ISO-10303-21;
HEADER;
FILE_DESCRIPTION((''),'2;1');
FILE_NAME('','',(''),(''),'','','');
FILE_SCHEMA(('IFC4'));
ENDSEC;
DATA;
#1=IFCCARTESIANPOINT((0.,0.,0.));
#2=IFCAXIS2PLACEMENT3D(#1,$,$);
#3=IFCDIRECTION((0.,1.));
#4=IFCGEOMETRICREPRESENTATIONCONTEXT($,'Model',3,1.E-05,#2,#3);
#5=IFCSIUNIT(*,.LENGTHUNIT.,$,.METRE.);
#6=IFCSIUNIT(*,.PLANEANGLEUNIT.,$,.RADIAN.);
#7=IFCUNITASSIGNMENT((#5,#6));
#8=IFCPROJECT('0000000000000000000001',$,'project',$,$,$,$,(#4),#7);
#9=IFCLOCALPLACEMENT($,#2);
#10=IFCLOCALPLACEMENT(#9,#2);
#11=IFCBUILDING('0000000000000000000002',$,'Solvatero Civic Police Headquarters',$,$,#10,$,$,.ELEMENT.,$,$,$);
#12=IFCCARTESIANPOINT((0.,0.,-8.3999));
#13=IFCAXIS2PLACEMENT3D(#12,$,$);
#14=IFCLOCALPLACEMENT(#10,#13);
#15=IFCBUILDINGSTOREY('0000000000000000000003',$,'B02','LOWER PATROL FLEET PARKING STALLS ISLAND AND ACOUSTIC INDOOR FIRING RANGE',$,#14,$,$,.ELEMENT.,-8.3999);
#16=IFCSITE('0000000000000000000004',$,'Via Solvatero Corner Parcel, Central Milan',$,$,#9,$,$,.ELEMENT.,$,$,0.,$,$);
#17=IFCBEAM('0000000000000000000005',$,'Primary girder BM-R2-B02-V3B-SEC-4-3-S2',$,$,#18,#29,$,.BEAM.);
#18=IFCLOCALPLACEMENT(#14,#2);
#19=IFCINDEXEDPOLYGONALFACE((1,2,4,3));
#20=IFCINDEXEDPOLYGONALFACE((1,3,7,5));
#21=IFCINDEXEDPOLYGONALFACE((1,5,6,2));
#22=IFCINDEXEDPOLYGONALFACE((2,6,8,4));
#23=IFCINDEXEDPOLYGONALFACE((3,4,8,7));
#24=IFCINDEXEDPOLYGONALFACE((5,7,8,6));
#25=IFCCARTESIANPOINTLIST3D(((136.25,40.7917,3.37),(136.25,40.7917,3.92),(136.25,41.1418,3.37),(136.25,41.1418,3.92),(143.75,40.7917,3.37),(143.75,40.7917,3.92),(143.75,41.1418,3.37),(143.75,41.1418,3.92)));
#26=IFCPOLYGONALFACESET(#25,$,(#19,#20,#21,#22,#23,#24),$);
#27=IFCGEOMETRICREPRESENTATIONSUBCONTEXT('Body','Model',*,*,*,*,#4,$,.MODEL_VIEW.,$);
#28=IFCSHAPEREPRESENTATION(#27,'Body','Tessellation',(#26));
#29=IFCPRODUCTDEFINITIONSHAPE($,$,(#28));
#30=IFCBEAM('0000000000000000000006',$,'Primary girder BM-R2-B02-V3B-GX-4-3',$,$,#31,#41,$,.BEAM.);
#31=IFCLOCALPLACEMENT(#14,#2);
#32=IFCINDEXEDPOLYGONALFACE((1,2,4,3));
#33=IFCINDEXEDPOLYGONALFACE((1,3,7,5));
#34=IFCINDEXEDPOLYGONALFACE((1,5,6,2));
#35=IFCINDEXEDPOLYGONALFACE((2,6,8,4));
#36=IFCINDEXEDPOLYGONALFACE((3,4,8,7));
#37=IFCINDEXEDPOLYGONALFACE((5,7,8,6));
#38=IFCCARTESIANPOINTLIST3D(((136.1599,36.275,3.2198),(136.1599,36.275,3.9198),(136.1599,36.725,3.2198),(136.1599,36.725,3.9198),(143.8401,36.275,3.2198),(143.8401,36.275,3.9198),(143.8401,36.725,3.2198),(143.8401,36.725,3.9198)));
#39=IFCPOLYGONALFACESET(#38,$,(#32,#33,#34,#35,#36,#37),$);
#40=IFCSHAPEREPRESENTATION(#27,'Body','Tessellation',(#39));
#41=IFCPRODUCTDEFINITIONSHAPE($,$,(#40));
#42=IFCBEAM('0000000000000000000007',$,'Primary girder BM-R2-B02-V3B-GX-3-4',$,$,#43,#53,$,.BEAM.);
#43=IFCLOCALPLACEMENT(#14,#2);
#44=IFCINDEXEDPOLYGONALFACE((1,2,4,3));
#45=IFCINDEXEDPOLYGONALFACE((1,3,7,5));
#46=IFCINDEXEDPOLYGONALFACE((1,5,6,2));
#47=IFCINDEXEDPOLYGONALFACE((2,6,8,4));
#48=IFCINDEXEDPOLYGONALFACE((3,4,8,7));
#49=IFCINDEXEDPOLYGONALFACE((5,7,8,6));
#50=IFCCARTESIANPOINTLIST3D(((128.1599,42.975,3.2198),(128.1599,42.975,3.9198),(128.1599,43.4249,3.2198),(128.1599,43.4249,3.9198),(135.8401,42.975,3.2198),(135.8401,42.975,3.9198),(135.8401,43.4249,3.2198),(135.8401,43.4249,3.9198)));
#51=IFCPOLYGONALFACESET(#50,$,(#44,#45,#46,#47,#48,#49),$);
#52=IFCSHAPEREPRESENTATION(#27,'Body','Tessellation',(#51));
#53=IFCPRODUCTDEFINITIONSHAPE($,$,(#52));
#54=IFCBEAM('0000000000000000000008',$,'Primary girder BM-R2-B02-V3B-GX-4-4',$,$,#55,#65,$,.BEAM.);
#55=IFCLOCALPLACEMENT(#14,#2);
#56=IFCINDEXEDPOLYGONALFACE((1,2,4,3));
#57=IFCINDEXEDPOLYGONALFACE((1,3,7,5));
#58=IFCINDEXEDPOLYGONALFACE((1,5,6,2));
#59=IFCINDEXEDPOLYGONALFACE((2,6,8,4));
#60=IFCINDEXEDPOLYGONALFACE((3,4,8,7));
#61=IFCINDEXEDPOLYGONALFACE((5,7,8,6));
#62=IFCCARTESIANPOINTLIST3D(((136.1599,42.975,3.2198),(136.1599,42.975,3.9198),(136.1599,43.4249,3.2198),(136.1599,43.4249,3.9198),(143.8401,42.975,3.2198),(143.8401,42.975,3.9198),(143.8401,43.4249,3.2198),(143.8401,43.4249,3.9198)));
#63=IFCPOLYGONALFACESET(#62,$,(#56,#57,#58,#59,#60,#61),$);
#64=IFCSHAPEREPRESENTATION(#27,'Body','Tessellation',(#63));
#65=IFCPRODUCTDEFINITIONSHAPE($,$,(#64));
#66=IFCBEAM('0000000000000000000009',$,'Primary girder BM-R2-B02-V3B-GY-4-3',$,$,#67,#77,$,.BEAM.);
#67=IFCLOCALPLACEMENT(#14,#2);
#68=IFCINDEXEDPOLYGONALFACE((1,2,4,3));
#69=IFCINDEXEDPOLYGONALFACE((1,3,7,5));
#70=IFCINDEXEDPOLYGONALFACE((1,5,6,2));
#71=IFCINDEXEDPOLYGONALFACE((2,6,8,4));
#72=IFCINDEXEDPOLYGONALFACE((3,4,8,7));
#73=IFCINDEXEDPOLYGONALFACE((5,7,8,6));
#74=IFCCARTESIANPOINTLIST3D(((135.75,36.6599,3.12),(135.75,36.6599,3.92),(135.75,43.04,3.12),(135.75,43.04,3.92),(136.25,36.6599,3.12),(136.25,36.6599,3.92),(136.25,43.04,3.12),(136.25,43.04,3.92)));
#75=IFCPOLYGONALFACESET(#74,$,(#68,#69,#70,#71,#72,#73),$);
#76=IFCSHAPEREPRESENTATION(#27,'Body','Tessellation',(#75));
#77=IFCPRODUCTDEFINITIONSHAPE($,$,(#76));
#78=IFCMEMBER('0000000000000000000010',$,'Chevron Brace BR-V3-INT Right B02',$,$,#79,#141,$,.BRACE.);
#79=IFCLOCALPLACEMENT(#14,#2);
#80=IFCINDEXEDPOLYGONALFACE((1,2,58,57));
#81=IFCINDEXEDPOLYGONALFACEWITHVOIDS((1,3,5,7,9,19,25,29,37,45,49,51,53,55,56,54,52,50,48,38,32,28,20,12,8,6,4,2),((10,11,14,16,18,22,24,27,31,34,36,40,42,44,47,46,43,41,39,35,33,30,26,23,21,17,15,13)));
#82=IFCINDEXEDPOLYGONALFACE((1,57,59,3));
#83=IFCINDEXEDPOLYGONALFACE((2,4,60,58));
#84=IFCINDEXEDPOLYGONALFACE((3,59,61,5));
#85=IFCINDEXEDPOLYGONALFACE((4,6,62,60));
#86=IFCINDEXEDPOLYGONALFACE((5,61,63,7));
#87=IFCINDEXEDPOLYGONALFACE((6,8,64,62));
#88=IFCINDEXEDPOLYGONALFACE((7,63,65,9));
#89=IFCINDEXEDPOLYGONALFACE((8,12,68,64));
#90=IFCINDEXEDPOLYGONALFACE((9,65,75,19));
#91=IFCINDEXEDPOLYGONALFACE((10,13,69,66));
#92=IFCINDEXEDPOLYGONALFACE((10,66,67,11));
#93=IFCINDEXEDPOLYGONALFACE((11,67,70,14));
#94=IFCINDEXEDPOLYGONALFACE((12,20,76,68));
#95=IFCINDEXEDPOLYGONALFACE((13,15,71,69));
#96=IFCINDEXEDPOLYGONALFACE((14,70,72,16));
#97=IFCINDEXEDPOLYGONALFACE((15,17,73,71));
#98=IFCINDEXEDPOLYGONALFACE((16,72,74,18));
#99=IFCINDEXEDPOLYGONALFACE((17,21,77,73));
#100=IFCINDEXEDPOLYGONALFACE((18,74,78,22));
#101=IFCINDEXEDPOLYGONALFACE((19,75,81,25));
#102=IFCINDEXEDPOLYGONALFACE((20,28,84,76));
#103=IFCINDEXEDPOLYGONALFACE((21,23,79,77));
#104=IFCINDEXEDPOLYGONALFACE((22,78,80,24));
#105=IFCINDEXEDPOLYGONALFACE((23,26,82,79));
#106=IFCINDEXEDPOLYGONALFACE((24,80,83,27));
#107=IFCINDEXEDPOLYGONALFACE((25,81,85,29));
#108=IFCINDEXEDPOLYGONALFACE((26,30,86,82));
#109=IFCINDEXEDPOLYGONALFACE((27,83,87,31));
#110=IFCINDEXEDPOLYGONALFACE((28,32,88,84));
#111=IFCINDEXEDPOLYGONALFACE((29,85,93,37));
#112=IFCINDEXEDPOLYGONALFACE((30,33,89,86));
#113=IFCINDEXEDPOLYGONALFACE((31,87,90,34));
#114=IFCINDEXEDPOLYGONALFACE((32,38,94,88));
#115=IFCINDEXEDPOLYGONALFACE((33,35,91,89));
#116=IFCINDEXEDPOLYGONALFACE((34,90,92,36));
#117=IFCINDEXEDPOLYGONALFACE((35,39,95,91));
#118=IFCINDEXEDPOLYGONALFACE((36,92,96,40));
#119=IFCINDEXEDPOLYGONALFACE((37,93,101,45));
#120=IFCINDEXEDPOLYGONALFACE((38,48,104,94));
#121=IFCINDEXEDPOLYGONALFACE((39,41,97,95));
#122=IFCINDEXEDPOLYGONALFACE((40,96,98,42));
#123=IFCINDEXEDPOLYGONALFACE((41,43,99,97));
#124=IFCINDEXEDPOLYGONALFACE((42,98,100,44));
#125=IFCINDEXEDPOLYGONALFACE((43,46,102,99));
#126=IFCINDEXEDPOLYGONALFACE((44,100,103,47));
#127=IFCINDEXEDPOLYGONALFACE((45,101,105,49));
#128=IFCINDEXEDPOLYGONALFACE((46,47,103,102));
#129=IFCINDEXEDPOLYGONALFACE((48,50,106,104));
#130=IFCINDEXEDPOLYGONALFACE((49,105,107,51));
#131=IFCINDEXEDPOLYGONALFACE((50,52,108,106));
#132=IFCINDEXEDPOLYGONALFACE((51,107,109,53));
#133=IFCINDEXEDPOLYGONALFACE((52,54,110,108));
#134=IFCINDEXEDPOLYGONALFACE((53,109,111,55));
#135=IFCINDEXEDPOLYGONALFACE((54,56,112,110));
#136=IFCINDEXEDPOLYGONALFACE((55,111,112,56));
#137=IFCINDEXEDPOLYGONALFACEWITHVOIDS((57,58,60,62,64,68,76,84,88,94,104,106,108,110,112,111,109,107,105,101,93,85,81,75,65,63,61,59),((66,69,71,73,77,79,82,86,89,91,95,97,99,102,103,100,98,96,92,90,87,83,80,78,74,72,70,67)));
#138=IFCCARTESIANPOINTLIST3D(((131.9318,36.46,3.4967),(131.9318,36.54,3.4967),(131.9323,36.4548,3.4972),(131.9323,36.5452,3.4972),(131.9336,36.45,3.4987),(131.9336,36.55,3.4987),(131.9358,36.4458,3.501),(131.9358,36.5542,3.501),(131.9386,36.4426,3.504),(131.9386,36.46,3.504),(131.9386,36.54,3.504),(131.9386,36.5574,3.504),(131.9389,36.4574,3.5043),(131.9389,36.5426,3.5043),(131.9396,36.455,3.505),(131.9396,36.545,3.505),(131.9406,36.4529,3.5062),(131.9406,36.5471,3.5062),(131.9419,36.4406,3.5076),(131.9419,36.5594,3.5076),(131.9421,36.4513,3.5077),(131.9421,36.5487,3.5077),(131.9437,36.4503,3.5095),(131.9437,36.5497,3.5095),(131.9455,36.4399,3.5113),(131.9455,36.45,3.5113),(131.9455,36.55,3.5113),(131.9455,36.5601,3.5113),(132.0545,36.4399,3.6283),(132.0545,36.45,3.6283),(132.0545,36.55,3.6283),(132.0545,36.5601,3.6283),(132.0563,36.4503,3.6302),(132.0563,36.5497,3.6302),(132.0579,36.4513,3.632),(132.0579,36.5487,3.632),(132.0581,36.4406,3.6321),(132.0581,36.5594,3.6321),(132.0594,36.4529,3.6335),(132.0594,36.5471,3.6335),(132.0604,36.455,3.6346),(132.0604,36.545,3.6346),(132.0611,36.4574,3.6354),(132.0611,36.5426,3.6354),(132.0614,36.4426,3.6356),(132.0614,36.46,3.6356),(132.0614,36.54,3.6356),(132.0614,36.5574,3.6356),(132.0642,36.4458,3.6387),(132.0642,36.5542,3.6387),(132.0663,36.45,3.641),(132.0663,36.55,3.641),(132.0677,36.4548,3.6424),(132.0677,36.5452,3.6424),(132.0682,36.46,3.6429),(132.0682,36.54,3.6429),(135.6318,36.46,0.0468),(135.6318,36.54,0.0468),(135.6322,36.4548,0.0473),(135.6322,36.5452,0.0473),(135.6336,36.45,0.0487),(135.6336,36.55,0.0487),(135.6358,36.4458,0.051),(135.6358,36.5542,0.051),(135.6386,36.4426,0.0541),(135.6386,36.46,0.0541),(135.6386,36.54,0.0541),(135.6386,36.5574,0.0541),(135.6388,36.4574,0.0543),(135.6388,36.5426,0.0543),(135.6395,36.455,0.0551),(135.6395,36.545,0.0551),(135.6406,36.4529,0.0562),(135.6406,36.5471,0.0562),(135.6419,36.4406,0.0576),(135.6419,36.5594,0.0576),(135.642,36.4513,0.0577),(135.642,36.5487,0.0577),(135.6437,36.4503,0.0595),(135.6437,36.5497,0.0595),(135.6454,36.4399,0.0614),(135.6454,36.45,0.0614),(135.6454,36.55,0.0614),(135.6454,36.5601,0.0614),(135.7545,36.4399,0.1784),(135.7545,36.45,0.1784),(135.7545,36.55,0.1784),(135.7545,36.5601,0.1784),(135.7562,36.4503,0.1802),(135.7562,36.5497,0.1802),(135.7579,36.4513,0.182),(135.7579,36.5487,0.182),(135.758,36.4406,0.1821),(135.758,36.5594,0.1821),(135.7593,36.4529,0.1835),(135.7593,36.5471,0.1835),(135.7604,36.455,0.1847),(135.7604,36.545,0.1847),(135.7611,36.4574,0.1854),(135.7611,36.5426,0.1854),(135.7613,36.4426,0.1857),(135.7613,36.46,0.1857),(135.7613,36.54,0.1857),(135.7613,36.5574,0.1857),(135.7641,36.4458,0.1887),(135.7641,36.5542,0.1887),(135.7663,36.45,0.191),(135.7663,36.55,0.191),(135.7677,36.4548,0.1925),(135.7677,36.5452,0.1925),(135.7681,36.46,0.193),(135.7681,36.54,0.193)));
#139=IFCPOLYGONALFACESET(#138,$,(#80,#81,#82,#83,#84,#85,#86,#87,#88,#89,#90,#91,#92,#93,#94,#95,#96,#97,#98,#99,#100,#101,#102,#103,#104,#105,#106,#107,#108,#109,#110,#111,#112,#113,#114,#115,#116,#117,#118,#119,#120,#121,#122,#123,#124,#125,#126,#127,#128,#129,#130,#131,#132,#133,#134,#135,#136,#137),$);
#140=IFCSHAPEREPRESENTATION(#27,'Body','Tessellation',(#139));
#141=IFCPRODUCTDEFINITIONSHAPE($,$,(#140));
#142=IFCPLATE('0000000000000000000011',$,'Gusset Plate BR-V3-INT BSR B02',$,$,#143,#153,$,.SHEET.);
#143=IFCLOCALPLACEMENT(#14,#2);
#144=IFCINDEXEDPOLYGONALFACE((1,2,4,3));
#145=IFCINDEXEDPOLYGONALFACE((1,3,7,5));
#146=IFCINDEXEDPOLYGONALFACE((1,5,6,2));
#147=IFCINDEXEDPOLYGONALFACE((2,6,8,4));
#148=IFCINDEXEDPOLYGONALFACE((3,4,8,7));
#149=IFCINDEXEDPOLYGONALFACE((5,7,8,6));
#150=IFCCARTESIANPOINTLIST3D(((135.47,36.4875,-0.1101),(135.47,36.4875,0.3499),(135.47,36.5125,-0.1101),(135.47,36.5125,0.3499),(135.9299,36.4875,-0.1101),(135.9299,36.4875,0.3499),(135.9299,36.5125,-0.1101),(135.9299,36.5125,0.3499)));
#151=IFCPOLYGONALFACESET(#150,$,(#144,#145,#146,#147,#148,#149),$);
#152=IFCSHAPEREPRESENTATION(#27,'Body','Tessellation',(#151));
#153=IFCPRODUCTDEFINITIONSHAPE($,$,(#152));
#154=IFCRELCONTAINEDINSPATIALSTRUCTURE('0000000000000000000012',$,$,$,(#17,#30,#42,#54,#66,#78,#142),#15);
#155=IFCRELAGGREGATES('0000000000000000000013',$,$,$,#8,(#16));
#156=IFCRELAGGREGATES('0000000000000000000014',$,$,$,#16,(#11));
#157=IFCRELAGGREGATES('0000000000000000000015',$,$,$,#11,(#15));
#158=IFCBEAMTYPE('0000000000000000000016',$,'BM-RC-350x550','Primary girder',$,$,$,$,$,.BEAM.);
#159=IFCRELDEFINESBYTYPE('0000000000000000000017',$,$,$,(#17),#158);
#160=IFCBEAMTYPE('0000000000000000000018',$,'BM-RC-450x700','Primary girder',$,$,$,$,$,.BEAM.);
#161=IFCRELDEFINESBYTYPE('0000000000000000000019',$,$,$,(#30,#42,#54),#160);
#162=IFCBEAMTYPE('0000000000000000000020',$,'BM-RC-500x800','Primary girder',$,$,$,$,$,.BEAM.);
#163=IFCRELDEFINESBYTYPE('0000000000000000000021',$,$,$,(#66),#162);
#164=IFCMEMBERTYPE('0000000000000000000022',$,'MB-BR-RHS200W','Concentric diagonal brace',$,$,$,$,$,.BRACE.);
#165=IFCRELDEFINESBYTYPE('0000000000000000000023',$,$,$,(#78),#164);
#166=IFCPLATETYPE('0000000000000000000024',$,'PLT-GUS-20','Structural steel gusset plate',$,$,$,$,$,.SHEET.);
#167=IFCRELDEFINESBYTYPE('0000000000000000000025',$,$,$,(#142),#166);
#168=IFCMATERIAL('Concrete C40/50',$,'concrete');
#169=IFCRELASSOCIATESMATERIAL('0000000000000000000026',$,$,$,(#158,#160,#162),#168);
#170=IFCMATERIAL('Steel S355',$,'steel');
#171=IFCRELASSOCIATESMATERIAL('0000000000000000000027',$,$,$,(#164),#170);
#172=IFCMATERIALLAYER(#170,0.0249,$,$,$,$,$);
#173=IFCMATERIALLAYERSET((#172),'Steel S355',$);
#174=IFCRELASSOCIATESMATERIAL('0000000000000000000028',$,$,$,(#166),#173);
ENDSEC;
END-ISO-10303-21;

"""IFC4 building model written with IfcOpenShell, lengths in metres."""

from ifc_helpers import new_model, si_unit, direction, frame, origin, origin_2d, place, context, subcontext, project, spatial, rectangle, hollow_rectangle, extrude, material, layer, layer_set, material_profile, profile_set, type_object, element, save


model = new_model("IFC4")

# Units and contexts
model_context = context("Model", 3, precision=1e-05, world=origin(), true_north=direction((0.0, 1.0)))
body_context = subcontext(model_context, "Body", "Model", "MODEL_VIEW")
ifc_project = project(units=[si_unit("LENGTHUNIT", "METRE"), si_unit("PLANEANGLEUNIT", "RADIAN")], contexts=[model_context])

# Site, building, storey
site_placement = place(None, origin())
site = spatial("IfcSite", under=ifc_project, at=site_placement, Name="Via Solvatero Corner Parcel, Central Milan", CompositionType="ELEMENT", RefElevation=0.0)
building_placement = place(site_placement, origin())
building = spatial("IfcBuilding", under=site, at=building_placement, Name="Solvatero Civic Police Headquarters", CompositionType="ELEMENT")
storey_placement = place(building_placement, frame((0.0, 0.0, -8.3999)))
storey = spatial("IfcBuildingStorey", under=building, at=storey_placement, Name="B02", Description="LOWER PATROL FLEET PARKING STALLS ISLAND AND ACOUSTIC INDOOR FIRING RANGE", CompositionType="ELEMENT", Elevation=-8.3999)

# Shared definitions
ifc_material_1 = material(Name="Concrete C40/50", Category="concrete")

# Beams
ifc_material_profile_1 = material_profile(ifc_material_1, rectangle(XDim=0.3501, YDim=0.55, at=origin_2d()), Name="RC 350x550")
ifc_profile_set_1 = profile_set([ifc_material_profile_1], Name="Concrete C40/50")
beam_type_1 = type_object("IfcBeamType", Name="BM-RC-350x550", Description="Primary girder", PredefinedType="BEAM", material=ifc_profile_set_1)
for number, where, z_axis, x_axis, name in (
    (1, (136.25, 40.9668, 3.645), (1.0, 0.0, 0.0), (0.0, 1.0, 0.0), "Primary girder BM-R2-B02-V3B-SEC-4-3-S2"),
):
    element("IfcBeam", number, at=place(storey_placement, frame(where, z_axis=z_axis, x_axis=x_axis)), inside=storey, type_object=beam_type_1, Name=name, PredefinedType="BEAM", context=body_context, shape_type="SweptSolid", body=[
        extrude(rectangle(XDim=0.3501, YDim=0.55, at=origin_2d()), origin(), (0.0, 0.0, 1.0), 7.5),
    ])
ifc_material_profile_2 = material_profile(ifc_material_1, rectangle(XDim=0.45, YDim=0.7, at=origin_2d()), Name="RC 450x700")
ifc_profile_set_2 = profile_set([ifc_material_profile_2], Name="Concrete C40/50")
beam_type_2 = type_object("IfcBeamType", Name="BM-RC-450x700", Description="Primary girder", PredefinedType="BEAM", material=ifc_profile_set_2)
for number, where, z_axis, x_axis, name in (
    (2, (136.1599, 36.5, 3.5698), (1.0, 0.0, 0.0), (0.0, 1.0, 0.0), "Primary girder BM-R2-B02-V3B-GX-4-3"),
    (3, (128.1599, 43.2, 3.5698), (1.0, 0.0, 0.0), (0.0, 1.0, 0.0), "Primary girder BM-R2-B02-V3B-GX-3-4"),
    (4, (136.1599, 43.2, 3.5698), (1.0, 0.0, 0.0), (0.0, 1.0, 0.0), "Primary girder BM-R2-B02-V3B-GX-4-4"),
):
    element("IfcBeam", number, at=place(storey_placement, frame(where, z_axis=z_axis, x_axis=x_axis)), inside=storey, type_object=beam_type_2, Name=name, PredefinedType="BEAM", context=body_context, shape_type="SweptSolid", body=[
        extrude(rectangle(XDim=0.45, YDim=0.7, at=origin_2d()), origin(), (0.0, 0.0, 1.0), 7.6802),
    ])
ifc_material_profile_3 = material_profile(ifc_material_1, rectangle(XDim=0.5, YDim=0.8, at=origin_2d()), Name="RC 500x800")
ifc_profile_set_3 = profile_set([ifc_material_profile_3], Name="Concrete C40/50")
beam_type_3 = type_object("IfcBeamType", Name="BM-RC-500x800", Description="Primary girder", PredefinedType="BEAM", material=ifc_profile_set_3)
beam_placement = place(storey_placement, frame((136.0, 36.6599, 3.52), z_axis=(0.0, 1.0, 0.0), x_axis=(-1.0, 0.0, 0.0)))
element("IfcBeam", 5, at=beam_placement, inside=storey, type_object=beam_type_3, Name="Primary girder BM-R2-B02-V3B-GY-4-3", PredefinedType="BEAM", context=body_context, shape_type="SweptSolid", body=[
    extrude(rectangle(XDim=0.5, YDim=0.8, at=origin_2d()), origin(), (0.0, 0.0, 1.0), 6.3801),
])

# Member
ifc_material_2 = material(Name="Steel S355", Category="steel")
ifc_material_profile_4 = material_profile(ifc_material_2, hollow_rectangle(XDim=0.1201, YDim=0.2, WallThickness=0.01, InnerFilletRadius=0.01, OuterFilletRadius=0.02, at=origin_2d()), Name="RHS 200x120x10.0")
ifc_profile_set_4 = profile_set([ifc_material_profile_4], Name="Steel S355")
member_type = type_object("IfcMemberType", Name="MB-BR-RHS200W", Description="Concentric diagonal brace", PredefinedType="BRACE", material=ifc_profile_set_4)
member_placement = place(storey_placement, frame((135.7, 36.5, 0.1199), z_axis=(-0.731384, 0.0, 0.681966), x_axis=(0.0, -1.0, 0.0)))
element("IfcMember", 6, at=member_placement, inside=storey, type_object=member_type, Name="Chevron Brace BR-V3-INT Right B02", PredefinedType="BRACE", context=body_context, shape_type="SweptSolid", body=[
    extrude(hollow_rectangle(XDim=0.1201, YDim=0.2, WallThickness=0.01, InnerFilletRadius=0.01, OuterFilletRadius=0.02, at=origin_2d()), origin(), (0.0, 0.0, 1.0), 5.0588),
])

# Plate
ifc_layer = layer(ifc_material_2, 0.0249)
ifc_layer_set = layer_set([ifc_layer], Name="Steel S355")
plate_type = type_object("IfcPlateType", Name="PLT-GUS-20", Description="Structural steel gusset plate", PredefinedType="SHEET", material=ifc_layer_set)
plate_placement = place(storey_placement, frame((135.7, 36.5, -0.1101), z_axis=(0.0, 0.0, 1.0), x_axis=(1.0, 0.0, 0.0)))
element("IfcPlate", 7, at=plate_placement, inside=storey, type_object=plate_type, Name="Gusset Plate BR-V3-INT BSR B02", PredefinedType="SHEET", context=body_context, shape_type="SweptSolid", body=[
    extrude(rectangle(XDim=0.46, YDim=0.0249, at=origin_2d()), origin(), (0.0, 0.0, 1.0), 0.46),
])

save(model, "model.ifc")
